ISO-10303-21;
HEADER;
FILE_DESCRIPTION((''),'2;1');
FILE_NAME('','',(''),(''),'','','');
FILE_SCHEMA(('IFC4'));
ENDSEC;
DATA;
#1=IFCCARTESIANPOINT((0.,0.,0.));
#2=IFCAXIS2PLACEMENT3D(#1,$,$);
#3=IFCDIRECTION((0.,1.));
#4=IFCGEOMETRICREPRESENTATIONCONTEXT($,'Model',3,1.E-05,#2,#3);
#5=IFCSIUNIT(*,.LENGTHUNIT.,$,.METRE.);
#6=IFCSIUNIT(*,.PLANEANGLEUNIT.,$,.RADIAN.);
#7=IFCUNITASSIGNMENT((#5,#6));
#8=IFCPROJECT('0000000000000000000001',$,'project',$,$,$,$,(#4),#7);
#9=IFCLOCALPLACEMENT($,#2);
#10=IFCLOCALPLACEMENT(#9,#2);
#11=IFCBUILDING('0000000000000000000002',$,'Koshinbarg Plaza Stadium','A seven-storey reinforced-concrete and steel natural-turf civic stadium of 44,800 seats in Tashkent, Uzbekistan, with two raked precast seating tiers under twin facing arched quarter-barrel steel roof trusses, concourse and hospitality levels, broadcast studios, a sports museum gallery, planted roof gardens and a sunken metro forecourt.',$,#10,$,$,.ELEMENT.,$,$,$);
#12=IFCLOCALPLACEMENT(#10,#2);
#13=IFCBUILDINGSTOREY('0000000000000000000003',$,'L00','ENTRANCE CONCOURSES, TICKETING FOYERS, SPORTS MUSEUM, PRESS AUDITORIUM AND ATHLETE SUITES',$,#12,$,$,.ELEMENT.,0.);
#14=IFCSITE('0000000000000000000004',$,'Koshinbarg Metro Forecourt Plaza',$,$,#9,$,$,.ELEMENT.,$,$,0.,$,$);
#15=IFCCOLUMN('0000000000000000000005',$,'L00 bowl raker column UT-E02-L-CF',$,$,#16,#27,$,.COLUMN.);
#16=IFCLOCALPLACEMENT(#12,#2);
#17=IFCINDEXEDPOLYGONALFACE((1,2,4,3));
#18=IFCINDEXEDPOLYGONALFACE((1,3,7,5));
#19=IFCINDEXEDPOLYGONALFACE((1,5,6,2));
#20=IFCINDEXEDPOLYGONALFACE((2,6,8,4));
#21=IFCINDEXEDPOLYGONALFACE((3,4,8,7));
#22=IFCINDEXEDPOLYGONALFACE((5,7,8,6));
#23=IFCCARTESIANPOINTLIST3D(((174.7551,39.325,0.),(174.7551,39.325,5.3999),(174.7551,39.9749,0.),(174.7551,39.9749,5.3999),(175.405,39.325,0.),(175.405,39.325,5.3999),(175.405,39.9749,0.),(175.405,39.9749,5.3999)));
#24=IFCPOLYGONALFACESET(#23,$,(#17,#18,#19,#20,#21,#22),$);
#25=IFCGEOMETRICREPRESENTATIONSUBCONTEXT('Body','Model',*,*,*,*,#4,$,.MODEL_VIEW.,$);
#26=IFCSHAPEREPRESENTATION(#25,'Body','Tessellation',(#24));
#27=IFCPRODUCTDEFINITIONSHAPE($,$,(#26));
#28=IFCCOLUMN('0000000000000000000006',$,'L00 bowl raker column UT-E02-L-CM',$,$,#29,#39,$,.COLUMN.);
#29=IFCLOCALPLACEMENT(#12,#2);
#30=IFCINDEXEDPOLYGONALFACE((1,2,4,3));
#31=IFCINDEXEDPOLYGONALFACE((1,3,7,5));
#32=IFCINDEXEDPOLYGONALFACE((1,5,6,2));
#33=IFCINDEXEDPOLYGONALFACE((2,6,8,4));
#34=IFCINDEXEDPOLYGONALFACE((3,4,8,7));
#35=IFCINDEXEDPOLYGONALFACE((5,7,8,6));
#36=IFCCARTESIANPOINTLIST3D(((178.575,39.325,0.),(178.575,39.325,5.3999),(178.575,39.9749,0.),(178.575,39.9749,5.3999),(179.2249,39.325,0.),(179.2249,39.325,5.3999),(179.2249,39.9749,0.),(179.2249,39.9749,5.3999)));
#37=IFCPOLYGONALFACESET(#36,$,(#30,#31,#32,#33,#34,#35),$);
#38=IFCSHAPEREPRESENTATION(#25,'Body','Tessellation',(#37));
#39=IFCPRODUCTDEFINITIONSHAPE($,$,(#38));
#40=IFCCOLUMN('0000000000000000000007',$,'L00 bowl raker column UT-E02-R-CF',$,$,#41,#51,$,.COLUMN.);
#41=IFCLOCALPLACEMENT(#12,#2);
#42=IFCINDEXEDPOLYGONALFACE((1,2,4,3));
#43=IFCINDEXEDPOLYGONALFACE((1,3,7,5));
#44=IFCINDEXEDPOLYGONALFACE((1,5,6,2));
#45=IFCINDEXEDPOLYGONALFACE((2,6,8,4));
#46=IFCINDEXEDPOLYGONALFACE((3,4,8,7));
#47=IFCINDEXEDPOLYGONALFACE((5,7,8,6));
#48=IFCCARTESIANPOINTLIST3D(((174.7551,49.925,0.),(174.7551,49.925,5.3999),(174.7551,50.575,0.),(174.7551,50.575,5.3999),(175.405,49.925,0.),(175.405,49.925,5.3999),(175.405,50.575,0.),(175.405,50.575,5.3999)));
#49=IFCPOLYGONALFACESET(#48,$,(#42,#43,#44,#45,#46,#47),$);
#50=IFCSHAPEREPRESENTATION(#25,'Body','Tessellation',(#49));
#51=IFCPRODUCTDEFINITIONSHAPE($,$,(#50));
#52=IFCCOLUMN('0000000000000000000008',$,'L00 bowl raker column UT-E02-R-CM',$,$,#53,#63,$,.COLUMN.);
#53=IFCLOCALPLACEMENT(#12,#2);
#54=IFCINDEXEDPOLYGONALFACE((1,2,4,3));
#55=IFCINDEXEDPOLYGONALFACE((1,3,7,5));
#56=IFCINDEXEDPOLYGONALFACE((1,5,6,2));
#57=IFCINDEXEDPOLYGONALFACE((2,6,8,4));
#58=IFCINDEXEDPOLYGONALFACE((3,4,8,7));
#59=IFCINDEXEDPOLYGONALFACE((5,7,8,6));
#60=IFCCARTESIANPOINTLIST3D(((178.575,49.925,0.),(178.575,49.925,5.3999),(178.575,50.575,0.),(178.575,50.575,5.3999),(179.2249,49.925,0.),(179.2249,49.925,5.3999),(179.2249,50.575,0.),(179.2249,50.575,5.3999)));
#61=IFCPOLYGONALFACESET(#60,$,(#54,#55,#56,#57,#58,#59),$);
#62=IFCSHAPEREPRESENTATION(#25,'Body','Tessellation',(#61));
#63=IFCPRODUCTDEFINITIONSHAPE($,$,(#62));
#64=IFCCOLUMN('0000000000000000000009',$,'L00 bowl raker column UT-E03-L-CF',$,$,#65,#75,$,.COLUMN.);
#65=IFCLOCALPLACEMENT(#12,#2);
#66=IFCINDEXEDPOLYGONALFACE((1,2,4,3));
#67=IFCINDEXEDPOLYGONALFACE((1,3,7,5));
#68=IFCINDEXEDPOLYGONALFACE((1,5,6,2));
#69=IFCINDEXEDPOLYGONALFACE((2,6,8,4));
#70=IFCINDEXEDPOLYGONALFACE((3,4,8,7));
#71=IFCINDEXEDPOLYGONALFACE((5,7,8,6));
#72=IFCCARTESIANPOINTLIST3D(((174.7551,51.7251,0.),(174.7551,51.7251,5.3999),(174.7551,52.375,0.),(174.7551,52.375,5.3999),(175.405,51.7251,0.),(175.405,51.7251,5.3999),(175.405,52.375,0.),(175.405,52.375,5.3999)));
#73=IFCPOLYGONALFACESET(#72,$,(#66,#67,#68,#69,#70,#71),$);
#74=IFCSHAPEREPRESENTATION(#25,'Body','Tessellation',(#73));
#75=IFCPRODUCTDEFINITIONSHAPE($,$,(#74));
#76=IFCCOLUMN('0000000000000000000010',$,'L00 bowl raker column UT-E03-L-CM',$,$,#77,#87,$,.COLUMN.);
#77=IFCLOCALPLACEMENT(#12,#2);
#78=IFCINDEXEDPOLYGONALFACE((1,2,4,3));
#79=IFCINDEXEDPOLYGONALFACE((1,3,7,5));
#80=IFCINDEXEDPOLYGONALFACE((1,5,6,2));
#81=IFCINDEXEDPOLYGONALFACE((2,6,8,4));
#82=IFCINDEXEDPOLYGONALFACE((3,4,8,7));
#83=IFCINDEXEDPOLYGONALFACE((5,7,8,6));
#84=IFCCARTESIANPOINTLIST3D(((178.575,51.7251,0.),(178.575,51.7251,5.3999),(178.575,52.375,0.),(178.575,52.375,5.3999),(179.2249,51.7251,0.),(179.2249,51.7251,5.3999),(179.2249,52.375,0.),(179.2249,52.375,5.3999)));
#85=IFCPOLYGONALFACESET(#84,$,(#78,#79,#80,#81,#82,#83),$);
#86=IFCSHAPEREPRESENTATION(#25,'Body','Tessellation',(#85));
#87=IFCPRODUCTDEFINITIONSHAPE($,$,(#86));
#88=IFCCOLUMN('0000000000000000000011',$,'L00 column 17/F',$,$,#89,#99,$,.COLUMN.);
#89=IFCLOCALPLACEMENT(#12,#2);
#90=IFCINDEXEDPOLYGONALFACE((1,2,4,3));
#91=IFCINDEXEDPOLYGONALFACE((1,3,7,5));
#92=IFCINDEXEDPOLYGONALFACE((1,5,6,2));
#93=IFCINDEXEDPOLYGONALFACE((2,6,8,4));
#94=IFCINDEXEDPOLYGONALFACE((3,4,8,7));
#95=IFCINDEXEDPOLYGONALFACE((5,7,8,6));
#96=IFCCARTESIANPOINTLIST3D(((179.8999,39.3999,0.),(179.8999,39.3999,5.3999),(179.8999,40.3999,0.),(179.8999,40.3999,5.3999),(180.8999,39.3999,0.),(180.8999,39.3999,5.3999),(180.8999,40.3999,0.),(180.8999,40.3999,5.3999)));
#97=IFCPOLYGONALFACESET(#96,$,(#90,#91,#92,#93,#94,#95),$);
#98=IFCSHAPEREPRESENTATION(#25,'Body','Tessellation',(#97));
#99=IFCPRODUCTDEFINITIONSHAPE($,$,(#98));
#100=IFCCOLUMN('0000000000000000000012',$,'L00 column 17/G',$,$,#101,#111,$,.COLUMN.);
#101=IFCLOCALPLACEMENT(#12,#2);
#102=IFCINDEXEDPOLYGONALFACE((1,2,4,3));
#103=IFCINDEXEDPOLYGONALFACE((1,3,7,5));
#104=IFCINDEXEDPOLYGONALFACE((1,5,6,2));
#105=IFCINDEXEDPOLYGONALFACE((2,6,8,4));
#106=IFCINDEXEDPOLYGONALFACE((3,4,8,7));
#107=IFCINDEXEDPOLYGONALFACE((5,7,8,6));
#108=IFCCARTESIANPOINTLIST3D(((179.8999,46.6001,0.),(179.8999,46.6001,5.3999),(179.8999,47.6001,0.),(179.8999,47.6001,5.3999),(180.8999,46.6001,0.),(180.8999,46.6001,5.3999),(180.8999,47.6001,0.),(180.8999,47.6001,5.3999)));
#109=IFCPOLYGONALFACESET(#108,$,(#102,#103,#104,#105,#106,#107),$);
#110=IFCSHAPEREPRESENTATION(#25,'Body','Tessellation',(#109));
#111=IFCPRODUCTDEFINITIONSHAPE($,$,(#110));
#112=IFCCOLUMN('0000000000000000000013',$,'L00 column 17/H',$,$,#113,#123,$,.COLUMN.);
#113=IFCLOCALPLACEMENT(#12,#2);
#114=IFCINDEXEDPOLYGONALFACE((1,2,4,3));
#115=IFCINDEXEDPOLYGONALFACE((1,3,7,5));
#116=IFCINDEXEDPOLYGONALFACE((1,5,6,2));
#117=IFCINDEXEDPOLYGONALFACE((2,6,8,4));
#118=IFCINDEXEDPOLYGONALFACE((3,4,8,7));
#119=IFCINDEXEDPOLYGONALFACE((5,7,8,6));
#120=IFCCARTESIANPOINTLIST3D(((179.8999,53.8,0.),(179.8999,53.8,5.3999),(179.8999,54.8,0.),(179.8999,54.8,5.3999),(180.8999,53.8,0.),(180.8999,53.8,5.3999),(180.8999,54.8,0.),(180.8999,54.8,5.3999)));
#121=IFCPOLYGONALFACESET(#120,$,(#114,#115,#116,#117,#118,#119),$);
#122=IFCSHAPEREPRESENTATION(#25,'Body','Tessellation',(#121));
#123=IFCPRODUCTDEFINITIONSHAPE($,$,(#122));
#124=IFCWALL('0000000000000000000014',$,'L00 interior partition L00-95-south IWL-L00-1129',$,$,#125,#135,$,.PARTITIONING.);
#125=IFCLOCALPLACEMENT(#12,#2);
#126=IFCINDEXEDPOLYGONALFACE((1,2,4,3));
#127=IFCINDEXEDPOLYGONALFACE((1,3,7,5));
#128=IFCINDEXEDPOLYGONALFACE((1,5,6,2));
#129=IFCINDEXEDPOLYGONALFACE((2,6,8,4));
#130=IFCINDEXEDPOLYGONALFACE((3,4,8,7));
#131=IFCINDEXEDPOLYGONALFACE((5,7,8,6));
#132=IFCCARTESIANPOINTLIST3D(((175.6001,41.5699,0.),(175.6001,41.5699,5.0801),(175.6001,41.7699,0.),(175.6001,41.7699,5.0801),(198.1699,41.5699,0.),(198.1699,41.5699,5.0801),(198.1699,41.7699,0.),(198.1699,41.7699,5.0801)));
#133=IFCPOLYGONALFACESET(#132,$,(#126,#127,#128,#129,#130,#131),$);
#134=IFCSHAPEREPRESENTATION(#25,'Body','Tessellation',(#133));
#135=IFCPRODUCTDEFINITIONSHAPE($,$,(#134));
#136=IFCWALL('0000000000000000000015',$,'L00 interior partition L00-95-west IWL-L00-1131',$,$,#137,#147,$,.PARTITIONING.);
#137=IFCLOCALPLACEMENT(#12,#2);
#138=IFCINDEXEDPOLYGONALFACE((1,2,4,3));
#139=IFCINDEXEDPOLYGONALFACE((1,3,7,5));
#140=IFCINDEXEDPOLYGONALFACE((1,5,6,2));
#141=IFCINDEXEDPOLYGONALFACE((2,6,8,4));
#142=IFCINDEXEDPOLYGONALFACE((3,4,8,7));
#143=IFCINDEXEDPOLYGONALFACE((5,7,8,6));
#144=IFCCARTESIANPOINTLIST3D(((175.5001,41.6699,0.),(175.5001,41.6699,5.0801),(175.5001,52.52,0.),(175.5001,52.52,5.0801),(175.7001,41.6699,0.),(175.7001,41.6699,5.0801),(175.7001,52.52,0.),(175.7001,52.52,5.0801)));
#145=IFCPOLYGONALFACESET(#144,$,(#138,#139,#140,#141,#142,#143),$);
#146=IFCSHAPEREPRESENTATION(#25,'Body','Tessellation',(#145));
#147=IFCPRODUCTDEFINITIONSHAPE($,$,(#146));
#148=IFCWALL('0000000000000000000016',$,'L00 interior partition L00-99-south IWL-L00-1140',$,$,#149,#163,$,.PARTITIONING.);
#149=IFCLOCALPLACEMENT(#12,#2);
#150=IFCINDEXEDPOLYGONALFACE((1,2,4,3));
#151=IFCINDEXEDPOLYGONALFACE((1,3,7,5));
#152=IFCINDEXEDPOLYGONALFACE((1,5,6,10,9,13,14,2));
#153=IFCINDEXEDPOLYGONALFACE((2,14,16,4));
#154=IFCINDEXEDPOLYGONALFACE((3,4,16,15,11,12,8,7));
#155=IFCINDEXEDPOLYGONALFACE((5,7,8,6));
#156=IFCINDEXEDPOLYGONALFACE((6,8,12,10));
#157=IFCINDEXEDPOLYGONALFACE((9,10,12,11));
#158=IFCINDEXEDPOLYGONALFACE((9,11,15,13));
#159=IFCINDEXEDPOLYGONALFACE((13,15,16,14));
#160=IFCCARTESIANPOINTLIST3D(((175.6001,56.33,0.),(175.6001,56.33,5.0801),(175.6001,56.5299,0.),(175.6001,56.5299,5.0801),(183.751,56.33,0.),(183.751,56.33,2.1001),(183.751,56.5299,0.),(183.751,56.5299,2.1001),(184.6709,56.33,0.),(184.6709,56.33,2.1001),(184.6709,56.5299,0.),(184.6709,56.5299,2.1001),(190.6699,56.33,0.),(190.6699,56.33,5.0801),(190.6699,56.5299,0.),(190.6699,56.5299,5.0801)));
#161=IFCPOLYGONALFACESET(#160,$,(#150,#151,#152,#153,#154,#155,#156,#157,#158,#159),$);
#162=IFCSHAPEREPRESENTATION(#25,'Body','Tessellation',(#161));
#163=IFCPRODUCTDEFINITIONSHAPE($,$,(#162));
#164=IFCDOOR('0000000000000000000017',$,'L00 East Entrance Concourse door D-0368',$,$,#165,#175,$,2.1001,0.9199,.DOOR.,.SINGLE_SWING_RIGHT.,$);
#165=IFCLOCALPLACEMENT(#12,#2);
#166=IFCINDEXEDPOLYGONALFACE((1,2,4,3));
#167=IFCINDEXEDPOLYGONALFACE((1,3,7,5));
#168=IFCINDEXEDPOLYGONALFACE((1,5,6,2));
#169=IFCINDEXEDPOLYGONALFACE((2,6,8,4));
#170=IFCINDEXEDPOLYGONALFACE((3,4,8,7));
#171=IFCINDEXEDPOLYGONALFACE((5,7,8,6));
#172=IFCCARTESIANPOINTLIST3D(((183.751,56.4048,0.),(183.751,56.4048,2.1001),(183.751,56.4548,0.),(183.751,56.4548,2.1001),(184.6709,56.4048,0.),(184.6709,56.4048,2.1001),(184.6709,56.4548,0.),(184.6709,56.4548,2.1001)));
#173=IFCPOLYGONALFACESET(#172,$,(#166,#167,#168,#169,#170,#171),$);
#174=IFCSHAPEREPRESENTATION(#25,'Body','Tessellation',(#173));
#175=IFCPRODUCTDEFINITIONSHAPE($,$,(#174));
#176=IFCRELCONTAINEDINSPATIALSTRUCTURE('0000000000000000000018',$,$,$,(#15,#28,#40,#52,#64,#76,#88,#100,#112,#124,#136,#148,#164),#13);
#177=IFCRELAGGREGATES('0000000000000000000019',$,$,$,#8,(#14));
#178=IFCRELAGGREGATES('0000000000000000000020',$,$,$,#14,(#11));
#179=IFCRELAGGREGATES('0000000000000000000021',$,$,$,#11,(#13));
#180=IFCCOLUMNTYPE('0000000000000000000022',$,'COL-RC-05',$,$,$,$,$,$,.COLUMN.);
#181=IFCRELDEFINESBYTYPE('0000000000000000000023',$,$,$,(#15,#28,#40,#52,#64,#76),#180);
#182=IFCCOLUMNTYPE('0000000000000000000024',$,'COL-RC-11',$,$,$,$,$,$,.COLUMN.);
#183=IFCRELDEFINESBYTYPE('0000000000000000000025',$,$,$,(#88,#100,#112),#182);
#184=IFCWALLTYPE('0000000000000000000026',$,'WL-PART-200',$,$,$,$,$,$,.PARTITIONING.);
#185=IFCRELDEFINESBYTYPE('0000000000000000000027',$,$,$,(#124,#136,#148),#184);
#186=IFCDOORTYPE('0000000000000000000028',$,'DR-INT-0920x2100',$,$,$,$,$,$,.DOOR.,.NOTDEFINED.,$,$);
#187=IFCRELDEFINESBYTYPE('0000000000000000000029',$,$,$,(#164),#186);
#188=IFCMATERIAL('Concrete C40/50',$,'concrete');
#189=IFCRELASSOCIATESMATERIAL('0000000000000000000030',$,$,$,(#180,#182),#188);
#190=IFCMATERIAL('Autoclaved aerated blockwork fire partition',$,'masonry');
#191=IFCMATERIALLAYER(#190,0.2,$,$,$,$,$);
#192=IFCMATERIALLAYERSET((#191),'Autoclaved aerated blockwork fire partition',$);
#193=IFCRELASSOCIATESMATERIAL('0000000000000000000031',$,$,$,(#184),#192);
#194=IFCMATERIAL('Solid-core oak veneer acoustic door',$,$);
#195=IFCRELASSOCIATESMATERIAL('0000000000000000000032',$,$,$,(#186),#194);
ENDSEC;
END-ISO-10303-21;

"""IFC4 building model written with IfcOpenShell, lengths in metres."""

from ifc_helpers import new_model, si_unit, direction, frame, frame_2d, origin, origin_2d, place, context, subcontext, project, spatial, rectangle, extrude, material, layer, layer_set, material_profile, profile_set, type_object, element, fill, save


model = new_model("IFC4")

# Units and contexts
model_context = context("Model", 3, precision=1e-05, world=origin(), true_north=direction((0.0, 1.0)))
body_context = subcontext(model_context, "Body", "Model", "MODEL_VIEW")
ifc_project = project(units=[si_unit("LENGTHUNIT", "METRE"), si_unit("PLANEANGLEUNIT", "RADIAN")], contexts=[model_context])

# Site, building, storey
site_placement = place(None, origin())
site = spatial("IfcSite", under=ifc_project, at=site_placement, Name="Koshinbarg Metro Forecourt Plaza", CompositionType="ELEMENT", RefElevation=0.0)
building_placement = place(site_placement, origin())
building = spatial("IfcBuilding", under=site, at=building_placement, Name="Koshinbarg Plaza Stadium", Description="A seven-storey reinforced-concrete and steel natural-turf civic stadium of 44,800 seats in Tashkent, Uzbekistan, with two raked precast seating tiers under twin facing arched quarter-barrel steel roof trusses, concourse and hospitality levels, broadcast studios, a sports museum gallery, planted roof gardens and a sunken metro forecourt.", CompositionType="ELEMENT")
storey_placement = place(building_placement, origin())
storey = spatial("IfcBuildingStorey", under=building, at=storey_placement, Name="L00", Description="ENTRANCE CONCOURSES, TICKETING FOYERS, SPORTS MUSEUM, PRESS AUDITORIUM AND ATHLETE SUITES", CompositionType="ELEMENT", Elevation=0.0)

# Columns
ifc_material_1 = material(Name="Concrete C40/50", Category="concrete")
ifc_material_profile_1 = material_profile(ifc_material_1, rectangle(XDim=0.6499, YDim=0.6499, at=origin_2d()), Name="RC 650x650")
ifc_profile_set_1 = profile_set([ifc_material_profile_1], Name="Concrete C40/50")
column_type_1 = type_object("IfcColumnType", Name="COL-RC-05", PredefinedType="COLUMN", material=ifc_profile_set_1)
for number, where, z_axis, x_axis, name in (
    (1, (175.0801, 39.6499, 0.0), (0.0, 0.0, 1.0), (1.0, 0.0, 0.0), "L00 bowl raker column UT-E02-L-CF"),
    (2, (178.8999, 39.6499, 0.0), (0.0, 0.0, 1.0), (1.0, 0.0, 0.0), "L00 bowl raker column UT-E02-L-CM"),
    (3, (175.0801, 50.25, 0.0), (0.0, 0.0, 1.0), (1.0, 0.0, 0.0), "L00 bowl raker column UT-E02-R-CF"),
    (4, (178.8999, 50.25, 0.0), (0.0, 0.0, 1.0), (1.0, 0.0, 0.0), "L00 bowl raker column UT-E02-R-CM"),
    (5, (175.0801, 52.05, 0.0), (0.0, 0.0, 1.0), (1.0, 0.0, 0.0), "L00 bowl raker column UT-E03-L-CF"),
    (6, (178.8999, 52.05, 0.0), (0.0, 0.0, 1.0), (1.0, 0.0, 0.0), "L00 bowl raker column UT-E03-L-CM"),
):
    element("IfcColumn", number, at=place(storey_placement, frame(where, z_axis=z_axis, x_axis=x_axis)), inside=storey, type_object=column_type_1, Name=name, PredefinedType="COLUMN", context=body_context, shape_type="SweptSolid", body=[
        extrude(rectangle(XDim=0.6499, YDim=0.6499, at=origin_2d()), origin(), (0.0, 0.0, 1.0), 5.3999),
    ])
ifc_material_profile_2 = material_profile(ifc_material_1, rectangle(XDim=1.0, YDim=1.0, at=origin_2d()), Name="RC 1000x1000")
ifc_profile_set_2 = profile_set([ifc_material_profile_2], Name="Concrete C40/50")
column_type_2 = type_object("IfcColumnType", Name="COL-RC-11", PredefinedType="COLUMN", material=ifc_profile_set_2)
for number, where, z_axis, x_axis, name in (
    (7, (180.3999, 39.8999, 0.0), (0.0, 0.0, 1.0), (1.0, 0.0, 0.0), "L00 column 17/F"),
    (8, (180.3999, 47.1001, 0.0), (0.0, 0.0, 1.0), (1.0, 0.0, 0.0), "L00 column 17/G"),
    (9, (180.3999, 54.3, 0.0), (0.0, 0.0, 1.0), (1.0, 0.0, 0.0), "L00 column 17/H"),
):
    element("IfcColumn", number, at=place(storey_placement, frame(where, z_axis=z_axis, x_axis=x_axis)), inside=storey, type_object=column_type_2, Name=name, PredefinedType="COLUMN", context=body_context, shape_type="SweptSolid", body=[
        extrude(rectangle(XDim=1.0, YDim=1.0, at=origin_2d()), origin(), (0.0, 0.0, 1.0), 5.3999),
    ])

# Walls
ifc_material_2 = material(Name="Autoclaved aerated blockwork fire partition", Category="masonry")
ifc_layer = layer(ifc_material_2, 0.2)
ifc_layer_set = layer_set([ifc_layer], Name="Autoclaved aerated blockwork fire partition")
wall_type = type_object("IfcWallType", Name="WL-PART-200", PredefinedType="PARTITIONING", material=ifc_layer_set)
wall_1_placement = place(storey_placement, frame((175.6001, 41.6699, 0.0), z_axis=(0.0, 0.0, 1.0), x_axis=(1.0, 0.0, 0.0)))
element("IfcWall", 10, at=wall_1_placement, inside=storey, type_object=wall_type, Name="L00 interior partition L00-95-south IWL-L00-1129", PredefinedType="PARTITIONING", context=body_context, shape_type="SweptSolid", body=[
    extrude(rectangle(XDim=22.5698, YDim=0.2, at=frame_2d((11.2849, 0.0))), origin(), (0.0, 0.0, 1.0), 5.0801),
])
wall_2_placement = place(storey_placement, frame((175.6001, 52.52, 0.0), z_axis=(0.0, 0.0, 1.0), x_axis=(0.0, -1.0, 0.0)))
element("IfcWall", 11, at=wall_2_placement, inside=storey, type_object=wall_type, Name="L00 interior partition L00-95-west IWL-L00-1131", PredefinedType="PARTITIONING", context=body_context, shape_type="SweptSolid", body=[
    extrude(rectangle(XDim=10.8501, YDim=0.2, at=frame_2d((5.425, 0.0))), origin(), (0.0, 0.0, 1.0), 5.0801),
])

# Wall, opening, door
wall_3_placement = place(storey_placement, frame((175.6001, 56.4299, 0.0), z_axis=(0.0, 0.0, 1.0), x_axis=(1.0, 0.0, 0.0)))
wall_3 = element("IfcWall", 12, at=wall_3_placement, inside=storey, type_object=wall_type, Name="L00 interior partition L00-99-south IWL-L00-1140", PredefinedType="PARTITIONING", context=body_context, shape_type="SweptSolid", body=[
    extrude(rectangle(XDim=15.0698, YDim=0.2, at=frame_2d((7.5349, 0.0))), origin(), (0.0, 0.0, 1.0), 5.0801),
])
opening_placement = place(wall_3_placement, frame((8.1509, 0.0, 0.0)))
opening = element("IfcOpeningElement", 13, at=opening_placement, cuts=wall_3, PredefinedType="OPENING", context=body_context, shape_type="SweptSolid", body=[
    extrude(rectangle(XDim=0.9199, YDim=2.1001, at=frame_2d((0.46, 1.05))), frame((0.0, 0.1099, 0.0), z_axis=(0.0, -1.0, 0.0), x_axis=(1.0, 0.0, 0.0)), (0.0, 0.0, 1.0), 0.22),
])
ifc_material_3 = material(Name="Solid-core oak veneer acoustic door")
door_type = type_object("IfcDoorType", Name="DR-INT-0920x2100", OperationType="NOTDEFINED", PredefinedType="DOOR", material=ifc_material_3)
door_placement = place(opening_placement, origin())
door = element("IfcDoor", 14, at=door_placement, inside=storey, type_object=door_type, Name="L00 East Entrance Concourse door D-0368", OperationType="SINGLE_SWING_RIGHT", OverallHeight=2.1001, OverallWidth=0.9199, PredefinedType="DOOR", context=body_context, shape_type="SweptSolid", body=[
    extrude(rectangle(XDim=0.9199, YDim=2.1001, at=frame_2d((0.46, 1.05))), frame((0.0, 0.0249, 0.0), z_axis=(0.0, -1.0, 0.0), x_axis=(1.0, 0.0, 0.0)), (0.0, 0.0, 1.0), 0.05),
])
fill(opening, door)

save(model, "model.ifc")
